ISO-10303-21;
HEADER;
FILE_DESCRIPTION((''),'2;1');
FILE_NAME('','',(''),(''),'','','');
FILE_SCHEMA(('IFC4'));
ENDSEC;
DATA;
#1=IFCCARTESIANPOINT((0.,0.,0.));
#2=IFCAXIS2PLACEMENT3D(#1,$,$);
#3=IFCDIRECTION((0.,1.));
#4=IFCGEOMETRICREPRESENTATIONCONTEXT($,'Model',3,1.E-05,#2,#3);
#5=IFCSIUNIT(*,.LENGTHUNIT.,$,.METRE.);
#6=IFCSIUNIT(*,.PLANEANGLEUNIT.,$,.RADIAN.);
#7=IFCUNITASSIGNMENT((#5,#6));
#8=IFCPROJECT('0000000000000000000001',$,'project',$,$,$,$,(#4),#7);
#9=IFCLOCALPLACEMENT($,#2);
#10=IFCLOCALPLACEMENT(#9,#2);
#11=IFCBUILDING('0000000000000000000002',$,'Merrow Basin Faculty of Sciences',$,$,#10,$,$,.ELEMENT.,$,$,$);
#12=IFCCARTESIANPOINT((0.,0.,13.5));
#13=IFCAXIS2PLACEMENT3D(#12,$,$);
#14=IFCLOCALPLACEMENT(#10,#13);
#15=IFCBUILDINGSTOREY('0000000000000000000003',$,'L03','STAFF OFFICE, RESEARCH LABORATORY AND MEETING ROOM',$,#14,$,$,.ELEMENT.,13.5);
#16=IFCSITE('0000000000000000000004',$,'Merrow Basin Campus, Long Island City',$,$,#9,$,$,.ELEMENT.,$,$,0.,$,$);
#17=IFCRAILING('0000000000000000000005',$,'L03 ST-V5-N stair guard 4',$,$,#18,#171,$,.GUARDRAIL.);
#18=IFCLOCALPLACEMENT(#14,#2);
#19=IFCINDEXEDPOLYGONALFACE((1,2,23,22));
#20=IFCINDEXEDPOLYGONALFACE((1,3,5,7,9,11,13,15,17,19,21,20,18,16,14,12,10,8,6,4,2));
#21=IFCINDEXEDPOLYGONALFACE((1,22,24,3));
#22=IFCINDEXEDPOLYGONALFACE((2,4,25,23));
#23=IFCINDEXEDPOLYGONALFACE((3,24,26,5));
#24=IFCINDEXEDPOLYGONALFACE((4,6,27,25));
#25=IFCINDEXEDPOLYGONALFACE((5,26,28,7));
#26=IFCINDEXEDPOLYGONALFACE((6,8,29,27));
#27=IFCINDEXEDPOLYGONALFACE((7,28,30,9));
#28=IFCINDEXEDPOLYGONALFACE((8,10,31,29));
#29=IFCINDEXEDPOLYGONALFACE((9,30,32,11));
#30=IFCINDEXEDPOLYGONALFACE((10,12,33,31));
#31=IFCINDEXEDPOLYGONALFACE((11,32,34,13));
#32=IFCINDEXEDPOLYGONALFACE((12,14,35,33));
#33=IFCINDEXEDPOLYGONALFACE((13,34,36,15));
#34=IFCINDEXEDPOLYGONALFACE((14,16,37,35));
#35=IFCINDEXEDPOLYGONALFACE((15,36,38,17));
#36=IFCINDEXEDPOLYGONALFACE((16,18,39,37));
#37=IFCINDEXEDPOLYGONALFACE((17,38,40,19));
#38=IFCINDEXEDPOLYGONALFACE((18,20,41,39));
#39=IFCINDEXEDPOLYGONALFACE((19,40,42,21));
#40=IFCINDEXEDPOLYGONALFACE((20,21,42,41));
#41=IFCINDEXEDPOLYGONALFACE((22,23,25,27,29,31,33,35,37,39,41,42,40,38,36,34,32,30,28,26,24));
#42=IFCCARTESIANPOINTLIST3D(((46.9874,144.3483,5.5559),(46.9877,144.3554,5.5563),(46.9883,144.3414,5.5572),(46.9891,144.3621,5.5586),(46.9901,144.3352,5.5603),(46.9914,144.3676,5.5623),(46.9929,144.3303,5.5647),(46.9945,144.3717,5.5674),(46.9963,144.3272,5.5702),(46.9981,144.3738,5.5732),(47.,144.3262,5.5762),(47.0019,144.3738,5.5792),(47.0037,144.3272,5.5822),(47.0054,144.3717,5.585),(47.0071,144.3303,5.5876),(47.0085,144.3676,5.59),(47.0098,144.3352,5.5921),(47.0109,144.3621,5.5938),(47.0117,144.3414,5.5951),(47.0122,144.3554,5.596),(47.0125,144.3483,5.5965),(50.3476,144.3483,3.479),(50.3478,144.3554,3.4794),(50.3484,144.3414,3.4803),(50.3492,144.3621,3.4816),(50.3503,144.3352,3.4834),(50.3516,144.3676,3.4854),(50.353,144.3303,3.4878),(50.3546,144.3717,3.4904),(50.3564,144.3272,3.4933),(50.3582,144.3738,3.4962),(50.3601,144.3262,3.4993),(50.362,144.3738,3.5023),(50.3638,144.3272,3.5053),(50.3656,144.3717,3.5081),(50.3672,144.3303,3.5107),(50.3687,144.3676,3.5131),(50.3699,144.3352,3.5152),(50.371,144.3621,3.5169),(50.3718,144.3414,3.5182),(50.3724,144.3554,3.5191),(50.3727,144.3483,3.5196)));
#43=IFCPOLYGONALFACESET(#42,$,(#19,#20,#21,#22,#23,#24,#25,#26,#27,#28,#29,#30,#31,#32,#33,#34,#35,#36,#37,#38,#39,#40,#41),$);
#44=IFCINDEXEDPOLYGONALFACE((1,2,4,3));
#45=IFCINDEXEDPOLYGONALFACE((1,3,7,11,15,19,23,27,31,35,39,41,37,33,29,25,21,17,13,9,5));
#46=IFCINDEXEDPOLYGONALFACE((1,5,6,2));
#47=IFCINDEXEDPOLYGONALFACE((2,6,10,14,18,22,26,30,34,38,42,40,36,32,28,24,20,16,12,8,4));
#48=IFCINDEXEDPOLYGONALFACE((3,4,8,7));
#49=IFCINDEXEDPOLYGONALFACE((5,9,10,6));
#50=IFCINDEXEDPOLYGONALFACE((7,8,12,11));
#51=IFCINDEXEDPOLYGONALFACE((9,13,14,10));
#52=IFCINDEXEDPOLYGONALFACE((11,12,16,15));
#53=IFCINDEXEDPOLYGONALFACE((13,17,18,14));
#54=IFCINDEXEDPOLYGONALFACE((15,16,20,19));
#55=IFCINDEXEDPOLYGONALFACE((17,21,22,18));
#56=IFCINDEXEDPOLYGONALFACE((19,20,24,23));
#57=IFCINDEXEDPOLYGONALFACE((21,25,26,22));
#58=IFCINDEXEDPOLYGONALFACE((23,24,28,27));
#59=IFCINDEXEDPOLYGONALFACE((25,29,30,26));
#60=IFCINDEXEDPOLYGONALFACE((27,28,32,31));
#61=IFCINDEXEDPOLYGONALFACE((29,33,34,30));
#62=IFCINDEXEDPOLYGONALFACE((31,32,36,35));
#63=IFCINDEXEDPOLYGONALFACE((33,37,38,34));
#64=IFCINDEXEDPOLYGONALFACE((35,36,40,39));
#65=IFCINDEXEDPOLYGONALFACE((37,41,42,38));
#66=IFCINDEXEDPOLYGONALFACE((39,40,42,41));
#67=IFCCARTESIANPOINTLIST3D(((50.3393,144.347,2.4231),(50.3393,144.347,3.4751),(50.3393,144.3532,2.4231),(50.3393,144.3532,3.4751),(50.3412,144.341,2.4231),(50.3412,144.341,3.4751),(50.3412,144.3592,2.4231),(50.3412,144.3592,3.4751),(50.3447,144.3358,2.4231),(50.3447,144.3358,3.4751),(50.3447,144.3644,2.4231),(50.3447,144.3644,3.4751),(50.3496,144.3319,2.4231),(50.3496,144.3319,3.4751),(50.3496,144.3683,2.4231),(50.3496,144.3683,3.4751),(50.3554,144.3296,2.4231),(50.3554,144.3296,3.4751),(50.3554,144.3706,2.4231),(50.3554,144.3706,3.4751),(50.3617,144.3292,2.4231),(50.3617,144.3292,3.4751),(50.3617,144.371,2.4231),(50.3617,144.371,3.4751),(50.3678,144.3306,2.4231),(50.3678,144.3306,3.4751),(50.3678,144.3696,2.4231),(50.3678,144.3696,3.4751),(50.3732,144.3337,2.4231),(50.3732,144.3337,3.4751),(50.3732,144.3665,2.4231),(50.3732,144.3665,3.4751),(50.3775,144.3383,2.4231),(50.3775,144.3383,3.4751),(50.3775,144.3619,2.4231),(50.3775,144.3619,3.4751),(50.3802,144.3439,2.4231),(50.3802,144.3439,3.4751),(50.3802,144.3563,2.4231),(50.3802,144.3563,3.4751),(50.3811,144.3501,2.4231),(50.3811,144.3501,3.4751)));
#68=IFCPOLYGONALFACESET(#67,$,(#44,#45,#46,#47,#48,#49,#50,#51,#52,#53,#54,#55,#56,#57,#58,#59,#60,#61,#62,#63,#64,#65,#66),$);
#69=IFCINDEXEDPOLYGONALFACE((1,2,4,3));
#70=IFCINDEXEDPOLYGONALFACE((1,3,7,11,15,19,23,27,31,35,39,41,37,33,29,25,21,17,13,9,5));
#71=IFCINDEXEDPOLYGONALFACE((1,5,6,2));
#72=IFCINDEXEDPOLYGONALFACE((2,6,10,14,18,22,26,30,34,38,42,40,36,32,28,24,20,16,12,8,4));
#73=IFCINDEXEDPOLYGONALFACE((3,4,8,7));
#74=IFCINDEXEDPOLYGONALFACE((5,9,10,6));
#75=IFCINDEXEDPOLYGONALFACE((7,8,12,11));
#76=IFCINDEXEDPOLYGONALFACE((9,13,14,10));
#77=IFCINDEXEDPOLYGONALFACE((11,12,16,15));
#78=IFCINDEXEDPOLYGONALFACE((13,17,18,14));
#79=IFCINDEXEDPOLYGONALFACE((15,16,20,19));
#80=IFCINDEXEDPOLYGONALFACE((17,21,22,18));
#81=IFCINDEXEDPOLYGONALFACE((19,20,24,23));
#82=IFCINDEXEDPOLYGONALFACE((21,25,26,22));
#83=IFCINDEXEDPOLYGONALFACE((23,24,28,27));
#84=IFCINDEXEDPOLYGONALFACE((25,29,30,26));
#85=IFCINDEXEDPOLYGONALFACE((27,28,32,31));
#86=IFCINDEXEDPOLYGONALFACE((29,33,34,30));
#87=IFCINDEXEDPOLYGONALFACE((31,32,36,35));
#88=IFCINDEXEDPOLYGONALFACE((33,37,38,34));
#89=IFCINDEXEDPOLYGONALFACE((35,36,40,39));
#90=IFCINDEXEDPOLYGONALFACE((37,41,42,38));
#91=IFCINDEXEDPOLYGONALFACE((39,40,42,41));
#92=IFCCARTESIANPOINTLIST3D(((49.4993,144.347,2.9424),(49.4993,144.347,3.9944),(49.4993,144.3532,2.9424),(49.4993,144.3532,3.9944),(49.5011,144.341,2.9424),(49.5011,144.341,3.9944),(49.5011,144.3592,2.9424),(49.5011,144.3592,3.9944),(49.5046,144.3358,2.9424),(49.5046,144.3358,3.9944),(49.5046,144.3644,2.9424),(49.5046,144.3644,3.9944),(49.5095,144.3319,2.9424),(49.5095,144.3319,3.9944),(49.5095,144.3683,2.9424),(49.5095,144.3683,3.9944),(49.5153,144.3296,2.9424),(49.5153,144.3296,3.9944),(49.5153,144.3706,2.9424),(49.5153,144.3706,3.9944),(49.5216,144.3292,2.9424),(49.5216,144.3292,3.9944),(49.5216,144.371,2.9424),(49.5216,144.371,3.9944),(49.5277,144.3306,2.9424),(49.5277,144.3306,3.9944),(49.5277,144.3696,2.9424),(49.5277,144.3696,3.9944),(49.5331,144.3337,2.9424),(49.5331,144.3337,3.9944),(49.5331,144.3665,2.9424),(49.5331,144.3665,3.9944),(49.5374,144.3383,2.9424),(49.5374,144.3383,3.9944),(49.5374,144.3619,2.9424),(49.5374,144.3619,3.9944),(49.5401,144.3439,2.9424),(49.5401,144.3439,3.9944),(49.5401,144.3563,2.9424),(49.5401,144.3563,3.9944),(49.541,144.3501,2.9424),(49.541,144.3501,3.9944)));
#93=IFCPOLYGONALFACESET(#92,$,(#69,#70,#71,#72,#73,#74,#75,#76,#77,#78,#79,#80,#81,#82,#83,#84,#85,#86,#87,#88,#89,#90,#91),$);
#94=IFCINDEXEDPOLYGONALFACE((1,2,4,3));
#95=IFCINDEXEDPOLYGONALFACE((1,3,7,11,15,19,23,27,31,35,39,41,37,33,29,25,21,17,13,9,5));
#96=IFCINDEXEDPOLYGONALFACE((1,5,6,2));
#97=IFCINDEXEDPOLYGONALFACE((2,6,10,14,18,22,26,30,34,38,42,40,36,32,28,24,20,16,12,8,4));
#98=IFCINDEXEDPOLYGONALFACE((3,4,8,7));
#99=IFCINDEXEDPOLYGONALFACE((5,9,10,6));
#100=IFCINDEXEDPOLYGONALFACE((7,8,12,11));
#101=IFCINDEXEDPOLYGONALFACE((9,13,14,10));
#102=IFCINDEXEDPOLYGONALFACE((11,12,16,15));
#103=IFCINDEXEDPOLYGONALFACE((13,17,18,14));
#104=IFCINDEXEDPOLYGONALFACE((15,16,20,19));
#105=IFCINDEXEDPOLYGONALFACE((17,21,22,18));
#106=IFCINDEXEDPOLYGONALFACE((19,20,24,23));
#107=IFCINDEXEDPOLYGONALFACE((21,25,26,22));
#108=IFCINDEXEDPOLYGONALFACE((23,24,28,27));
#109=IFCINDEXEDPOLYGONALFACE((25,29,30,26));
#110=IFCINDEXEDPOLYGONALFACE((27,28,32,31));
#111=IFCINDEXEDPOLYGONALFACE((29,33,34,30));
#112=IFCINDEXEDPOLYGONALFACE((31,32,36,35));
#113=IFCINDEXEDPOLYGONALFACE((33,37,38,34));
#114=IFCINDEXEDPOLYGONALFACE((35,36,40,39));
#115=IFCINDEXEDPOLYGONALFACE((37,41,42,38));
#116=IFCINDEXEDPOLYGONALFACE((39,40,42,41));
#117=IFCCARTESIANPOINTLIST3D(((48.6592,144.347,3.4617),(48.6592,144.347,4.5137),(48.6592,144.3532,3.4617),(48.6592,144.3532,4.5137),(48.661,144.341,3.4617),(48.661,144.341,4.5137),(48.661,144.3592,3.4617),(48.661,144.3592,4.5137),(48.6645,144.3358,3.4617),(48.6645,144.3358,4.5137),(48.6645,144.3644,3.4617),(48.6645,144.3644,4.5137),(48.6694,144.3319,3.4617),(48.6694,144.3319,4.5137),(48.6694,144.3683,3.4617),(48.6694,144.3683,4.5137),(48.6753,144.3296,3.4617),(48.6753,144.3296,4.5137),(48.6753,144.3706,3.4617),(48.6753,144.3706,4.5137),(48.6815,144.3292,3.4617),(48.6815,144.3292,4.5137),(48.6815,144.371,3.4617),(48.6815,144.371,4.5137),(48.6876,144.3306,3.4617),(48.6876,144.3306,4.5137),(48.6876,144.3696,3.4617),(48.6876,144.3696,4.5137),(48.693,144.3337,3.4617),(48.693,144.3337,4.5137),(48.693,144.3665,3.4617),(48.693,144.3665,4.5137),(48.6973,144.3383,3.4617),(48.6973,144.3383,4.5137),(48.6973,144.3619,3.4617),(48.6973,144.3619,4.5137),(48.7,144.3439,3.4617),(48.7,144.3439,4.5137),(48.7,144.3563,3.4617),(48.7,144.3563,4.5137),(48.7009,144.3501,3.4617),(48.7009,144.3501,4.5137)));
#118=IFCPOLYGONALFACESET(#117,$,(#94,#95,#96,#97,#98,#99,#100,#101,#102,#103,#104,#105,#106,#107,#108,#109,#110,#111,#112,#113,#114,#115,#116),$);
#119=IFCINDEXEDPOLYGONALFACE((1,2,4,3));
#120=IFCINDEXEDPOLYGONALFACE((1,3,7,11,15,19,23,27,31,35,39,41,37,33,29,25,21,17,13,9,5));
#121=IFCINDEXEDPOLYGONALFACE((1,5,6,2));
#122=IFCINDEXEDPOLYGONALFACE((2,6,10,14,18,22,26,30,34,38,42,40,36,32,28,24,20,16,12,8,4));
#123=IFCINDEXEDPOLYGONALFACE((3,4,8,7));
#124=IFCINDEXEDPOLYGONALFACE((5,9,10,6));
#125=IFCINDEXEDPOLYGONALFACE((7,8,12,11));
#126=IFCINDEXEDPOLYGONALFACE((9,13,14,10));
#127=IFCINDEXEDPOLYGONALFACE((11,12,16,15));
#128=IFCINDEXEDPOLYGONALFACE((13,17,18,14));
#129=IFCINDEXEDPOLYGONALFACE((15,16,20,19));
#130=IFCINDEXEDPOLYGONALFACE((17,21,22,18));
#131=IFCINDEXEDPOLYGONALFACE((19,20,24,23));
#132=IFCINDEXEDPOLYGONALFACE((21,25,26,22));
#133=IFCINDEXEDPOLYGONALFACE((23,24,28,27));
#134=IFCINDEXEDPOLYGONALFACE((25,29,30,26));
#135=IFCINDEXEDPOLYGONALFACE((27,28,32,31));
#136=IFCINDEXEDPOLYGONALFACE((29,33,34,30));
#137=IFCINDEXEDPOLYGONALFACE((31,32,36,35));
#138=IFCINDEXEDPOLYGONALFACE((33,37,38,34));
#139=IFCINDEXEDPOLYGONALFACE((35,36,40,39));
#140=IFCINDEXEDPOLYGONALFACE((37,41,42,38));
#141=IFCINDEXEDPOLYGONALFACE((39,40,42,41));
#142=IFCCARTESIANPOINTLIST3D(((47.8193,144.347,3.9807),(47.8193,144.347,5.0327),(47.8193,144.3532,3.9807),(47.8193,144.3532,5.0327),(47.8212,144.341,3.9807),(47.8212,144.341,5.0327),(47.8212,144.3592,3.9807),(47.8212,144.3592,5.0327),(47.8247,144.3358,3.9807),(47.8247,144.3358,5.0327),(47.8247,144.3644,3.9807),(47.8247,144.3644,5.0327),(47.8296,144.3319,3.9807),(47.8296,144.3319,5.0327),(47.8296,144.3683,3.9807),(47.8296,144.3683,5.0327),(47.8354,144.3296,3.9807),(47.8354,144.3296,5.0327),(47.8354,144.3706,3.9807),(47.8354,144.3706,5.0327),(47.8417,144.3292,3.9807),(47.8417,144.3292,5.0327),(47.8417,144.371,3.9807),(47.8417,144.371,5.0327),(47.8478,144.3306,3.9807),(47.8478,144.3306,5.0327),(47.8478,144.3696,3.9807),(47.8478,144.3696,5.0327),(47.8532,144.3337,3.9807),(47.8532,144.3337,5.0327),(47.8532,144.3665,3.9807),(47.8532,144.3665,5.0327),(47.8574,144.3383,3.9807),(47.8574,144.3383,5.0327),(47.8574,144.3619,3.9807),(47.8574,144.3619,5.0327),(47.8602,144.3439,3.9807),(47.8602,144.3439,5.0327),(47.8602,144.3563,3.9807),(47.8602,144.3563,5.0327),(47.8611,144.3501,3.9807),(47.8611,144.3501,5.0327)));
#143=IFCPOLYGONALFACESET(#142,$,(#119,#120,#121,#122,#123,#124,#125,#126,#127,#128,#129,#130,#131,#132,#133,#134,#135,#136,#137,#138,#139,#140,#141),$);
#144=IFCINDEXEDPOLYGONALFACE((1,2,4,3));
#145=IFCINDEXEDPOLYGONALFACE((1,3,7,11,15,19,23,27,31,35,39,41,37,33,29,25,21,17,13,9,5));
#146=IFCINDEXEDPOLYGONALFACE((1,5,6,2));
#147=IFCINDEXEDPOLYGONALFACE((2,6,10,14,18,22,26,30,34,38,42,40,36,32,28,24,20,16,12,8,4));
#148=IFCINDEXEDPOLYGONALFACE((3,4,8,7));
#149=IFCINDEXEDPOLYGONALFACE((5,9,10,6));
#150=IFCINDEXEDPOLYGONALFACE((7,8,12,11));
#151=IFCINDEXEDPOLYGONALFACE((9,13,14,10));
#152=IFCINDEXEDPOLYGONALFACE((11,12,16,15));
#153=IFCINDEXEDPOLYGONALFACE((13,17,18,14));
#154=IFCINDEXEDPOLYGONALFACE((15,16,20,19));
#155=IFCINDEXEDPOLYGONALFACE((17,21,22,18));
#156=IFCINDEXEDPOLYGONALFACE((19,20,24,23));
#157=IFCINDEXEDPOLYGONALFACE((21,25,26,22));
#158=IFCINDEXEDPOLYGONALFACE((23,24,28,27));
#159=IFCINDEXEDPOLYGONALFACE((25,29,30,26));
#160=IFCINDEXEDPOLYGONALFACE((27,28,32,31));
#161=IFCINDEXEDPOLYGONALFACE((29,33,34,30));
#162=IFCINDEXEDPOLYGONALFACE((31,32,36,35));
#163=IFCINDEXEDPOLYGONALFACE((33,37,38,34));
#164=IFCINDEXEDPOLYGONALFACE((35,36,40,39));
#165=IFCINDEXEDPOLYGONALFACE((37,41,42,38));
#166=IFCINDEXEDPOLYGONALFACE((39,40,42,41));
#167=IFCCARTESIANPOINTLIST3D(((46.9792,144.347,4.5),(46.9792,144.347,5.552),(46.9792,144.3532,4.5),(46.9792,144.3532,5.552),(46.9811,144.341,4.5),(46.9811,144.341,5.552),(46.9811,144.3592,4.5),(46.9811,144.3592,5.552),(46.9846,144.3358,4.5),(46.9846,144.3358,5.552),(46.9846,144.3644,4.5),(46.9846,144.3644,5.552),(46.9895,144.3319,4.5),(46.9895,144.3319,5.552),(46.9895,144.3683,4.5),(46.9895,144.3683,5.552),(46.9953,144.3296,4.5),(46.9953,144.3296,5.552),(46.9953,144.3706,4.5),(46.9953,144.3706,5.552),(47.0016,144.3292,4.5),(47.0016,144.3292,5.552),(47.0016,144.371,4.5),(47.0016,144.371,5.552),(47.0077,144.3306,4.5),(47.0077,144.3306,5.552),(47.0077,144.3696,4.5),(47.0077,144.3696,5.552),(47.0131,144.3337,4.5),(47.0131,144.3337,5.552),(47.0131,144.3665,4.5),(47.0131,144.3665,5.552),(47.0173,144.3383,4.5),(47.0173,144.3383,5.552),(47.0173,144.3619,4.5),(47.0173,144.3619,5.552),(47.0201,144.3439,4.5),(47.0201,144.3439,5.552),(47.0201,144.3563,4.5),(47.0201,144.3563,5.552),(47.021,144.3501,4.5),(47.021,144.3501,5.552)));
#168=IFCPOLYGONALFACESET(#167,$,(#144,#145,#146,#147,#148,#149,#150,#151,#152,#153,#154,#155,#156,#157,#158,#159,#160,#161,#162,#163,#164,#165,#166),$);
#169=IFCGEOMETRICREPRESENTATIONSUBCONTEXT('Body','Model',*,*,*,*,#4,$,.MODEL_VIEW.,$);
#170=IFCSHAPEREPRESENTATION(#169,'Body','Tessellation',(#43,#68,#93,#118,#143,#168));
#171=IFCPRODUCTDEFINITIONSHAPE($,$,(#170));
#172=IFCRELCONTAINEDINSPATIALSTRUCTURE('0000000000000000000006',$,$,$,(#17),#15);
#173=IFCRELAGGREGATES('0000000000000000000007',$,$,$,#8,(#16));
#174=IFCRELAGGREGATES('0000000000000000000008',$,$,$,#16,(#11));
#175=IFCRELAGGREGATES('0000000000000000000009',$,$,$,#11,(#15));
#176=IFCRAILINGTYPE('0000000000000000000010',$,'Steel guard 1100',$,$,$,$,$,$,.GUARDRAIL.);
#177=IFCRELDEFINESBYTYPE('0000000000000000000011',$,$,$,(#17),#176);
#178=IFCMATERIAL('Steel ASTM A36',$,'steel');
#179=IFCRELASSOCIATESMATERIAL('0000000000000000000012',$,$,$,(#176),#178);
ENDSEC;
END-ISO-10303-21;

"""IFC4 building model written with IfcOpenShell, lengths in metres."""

from ifc_helpers import new_model, si_unit, direction, frame, origin, origin_2d, place, context, subcontext, project, spatial, circle, extrude, material, type_object, element, save


model = new_model("IFC4")

# Units and contexts
model_context = context("Model", 3, precision=1e-05, world=origin(), true_north=direction((0.0, 1.0)))
body_context = subcontext(model_context, "Body", "Model", "MODEL_VIEW")
ifc_project = project(units=[si_unit("LENGTHUNIT", "METRE"), si_unit("PLANEANGLEUNIT", "RADIAN")], contexts=[model_context])

# Site, building, storey
site_placement = place(None, origin())
site = spatial("IfcSite", under=ifc_project, at=site_placement, Name="Merrow Basin Campus, Long Island City", CompositionType="ELEMENT", RefElevation=0.0)
building_placement = place(site_placement, origin())
building = spatial("IfcBuilding", under=site, at=building_placement, Name="Merrow Basin Faculty of Sciences", CompositionType="ELEMENT")
storey_placement = place(building_placement, frame((0.0, 0.0, 13.5)))
storey = spatial("IfcBuildingStorey", under=building, at=storey_placement, Name="L03", Description="STAFF OFFICE, RESEARCH LABORATORY AND MEETING ROOM", CompositionType="ELEMENT", Elevation=13.5)

# Railing
ifc_material_1 = material(Name="Steel ASTM A36", Category="steel")
railing_type_1 = type_object("IfcRailingType", Name="Steel guard 1100", PredefinedType="GUARDRAIL", material=ifc_material_1)
railing_1_placement = place(storey_placement, frame((50.3601, 144.3501, 2.4231)))
element("IfcRailing", 1, at=railing_1_placement, inside=storey, type_object=railing_type_1, Name="L03 ST-V5-N stair guard 4", PredefinedType="GUARDRAIL", context=body_context, shape_type="SweptSolid", body=[
    extrude(circle(Radius=0.0239, at=origin_2d()), frame((0.0, 0.0, 1.0762), z_axis=(-0.850623, 0.0, 0.525776), x_axis=(0.0, -1.0, 0.0)), (0.0, 0.0, 1.0), 3.9502),
    extrude(circle(Radius=0.021, at=origin_2d()), origin(), (0.0, 0.0, 1.0), 1.052),
    extrude(circle(Radius=0.021, at=origin_2d()), frame((-0.8401, 0.0, 0.5193)), (0.0, 0.0, 1.0), 1.052),
    extrude(circle(Radius=0.021, at=origin_2d()), frame((-1.6802, 0.0, 1.0386)), (0.0, 0.0, 1.0), 1.052),
    extrude(circle(Radius=0.021, at=origin_2d()), frame((-2.52, 0.0, 1.5576)), (0.0, 0.0, 1.0), 1.052),
    extrude(circle(Radius=0.021, at=origin_2d()), frame((-3.3601, 0.0, 2.0769)), (0.0, 0.0, 1.0), 1.052),
])

save(model, "model.ifc")
